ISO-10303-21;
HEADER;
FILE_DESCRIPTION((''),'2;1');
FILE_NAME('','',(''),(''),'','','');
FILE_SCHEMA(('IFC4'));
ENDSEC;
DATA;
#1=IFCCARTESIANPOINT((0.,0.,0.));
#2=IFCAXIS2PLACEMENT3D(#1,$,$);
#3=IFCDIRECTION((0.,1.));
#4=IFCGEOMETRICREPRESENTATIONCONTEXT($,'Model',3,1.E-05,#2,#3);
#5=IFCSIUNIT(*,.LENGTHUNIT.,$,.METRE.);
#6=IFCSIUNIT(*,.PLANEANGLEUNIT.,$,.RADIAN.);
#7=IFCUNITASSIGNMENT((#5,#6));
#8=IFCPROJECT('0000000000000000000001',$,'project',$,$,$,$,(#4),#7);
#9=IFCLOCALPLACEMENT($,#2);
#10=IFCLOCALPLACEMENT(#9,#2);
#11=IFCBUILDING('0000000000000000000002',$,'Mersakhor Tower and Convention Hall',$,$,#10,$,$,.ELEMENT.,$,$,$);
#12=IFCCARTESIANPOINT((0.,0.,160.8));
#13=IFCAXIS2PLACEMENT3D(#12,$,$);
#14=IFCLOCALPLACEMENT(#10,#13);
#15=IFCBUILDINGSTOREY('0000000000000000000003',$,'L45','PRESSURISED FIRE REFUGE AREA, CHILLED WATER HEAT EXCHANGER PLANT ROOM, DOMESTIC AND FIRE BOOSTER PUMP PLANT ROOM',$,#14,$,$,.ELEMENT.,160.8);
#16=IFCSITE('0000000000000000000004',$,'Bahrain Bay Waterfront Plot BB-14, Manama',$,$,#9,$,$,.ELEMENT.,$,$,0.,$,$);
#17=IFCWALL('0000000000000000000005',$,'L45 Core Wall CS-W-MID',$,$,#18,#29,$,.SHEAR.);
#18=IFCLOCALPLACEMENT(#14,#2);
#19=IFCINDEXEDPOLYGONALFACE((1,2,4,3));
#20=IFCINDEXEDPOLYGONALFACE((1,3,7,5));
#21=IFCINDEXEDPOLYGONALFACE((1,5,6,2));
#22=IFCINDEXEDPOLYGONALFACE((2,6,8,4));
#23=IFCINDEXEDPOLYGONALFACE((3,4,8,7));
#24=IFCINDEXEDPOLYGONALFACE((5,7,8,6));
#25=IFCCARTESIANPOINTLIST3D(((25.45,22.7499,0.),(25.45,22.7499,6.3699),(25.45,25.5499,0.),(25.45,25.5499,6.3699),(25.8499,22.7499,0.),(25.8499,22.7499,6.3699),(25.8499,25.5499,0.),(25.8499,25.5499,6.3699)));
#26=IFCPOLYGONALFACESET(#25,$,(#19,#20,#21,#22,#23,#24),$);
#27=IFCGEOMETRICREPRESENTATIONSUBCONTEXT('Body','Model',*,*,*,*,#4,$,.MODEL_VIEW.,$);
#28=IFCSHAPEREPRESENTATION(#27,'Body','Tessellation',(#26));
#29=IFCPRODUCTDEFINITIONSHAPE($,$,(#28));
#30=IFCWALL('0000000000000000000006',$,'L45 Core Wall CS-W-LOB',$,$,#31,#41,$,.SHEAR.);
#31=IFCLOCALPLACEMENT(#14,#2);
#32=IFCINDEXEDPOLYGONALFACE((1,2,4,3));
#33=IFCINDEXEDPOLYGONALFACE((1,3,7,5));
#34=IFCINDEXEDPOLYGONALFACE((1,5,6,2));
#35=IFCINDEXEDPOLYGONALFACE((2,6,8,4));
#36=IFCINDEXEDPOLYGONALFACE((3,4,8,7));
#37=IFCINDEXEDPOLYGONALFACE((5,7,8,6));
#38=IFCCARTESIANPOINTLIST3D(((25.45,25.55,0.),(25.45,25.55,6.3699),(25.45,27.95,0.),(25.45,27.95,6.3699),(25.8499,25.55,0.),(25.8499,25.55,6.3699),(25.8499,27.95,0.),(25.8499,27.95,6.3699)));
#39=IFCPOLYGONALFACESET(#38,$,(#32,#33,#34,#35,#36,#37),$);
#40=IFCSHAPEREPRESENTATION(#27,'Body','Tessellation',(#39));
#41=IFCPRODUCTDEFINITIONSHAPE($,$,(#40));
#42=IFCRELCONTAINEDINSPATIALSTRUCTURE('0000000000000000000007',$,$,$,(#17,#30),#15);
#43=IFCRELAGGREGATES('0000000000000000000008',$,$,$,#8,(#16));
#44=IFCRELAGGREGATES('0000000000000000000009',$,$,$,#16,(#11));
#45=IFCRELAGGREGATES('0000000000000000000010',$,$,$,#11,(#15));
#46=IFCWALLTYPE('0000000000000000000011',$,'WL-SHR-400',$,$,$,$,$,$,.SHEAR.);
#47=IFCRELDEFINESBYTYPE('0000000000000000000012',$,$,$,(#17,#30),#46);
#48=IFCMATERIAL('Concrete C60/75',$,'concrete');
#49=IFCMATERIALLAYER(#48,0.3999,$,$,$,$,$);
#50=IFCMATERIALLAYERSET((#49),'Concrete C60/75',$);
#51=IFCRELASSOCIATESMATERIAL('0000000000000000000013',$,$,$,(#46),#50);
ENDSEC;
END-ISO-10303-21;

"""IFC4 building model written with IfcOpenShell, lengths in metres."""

from ifc_helpers import new_model, si_unit, direction, frame, frame_2d, origin, place, context, subcontext, project, spatial, rectangle, extrude, material, layer, layer_set, type_object, element, save


model = new_model("IFC4")

# Units and contexts
model_context = context("Model", 3, precision=1e-05, world=origin(), true_north=direction((0.0, 1.0)))
body_context = subcontext(model_context, "Body", "Model", "MODEL_VIEW")
ifc_project = project(units=[si_unit("LENGTHUNIT", "METRE"), si_unit("PLANEANGLEUNIT", "RADIAN")], contexts=[model_context])

# Site, building, storey
site_placement = place(None, origin())
site = spatial("IfcSite", under=ifc_project, at=site_placement, Name="Bahrain Bay Waterfront Plot BB-14, Manama", CompositionType="ELEMENT", RefElevation=0.0)
building_placement = place(site_placement, origin())
building = spatial("IfcBuilding", under=site, at=building_placement, Name="Mersakhor Tower and Convention Hall", CompositionType="ELEMENT")
storey_placement = place(building_placement, frame((0.0, 0.0, 160.8)))
storey = spatial("IfcBuildingStorey", under=building, at=storey_placement, Name="L45", Description="PRESSURISED FIRE REFUGE AREA, CHILLED WATER HEAT EXCHANGER PLANT ROOM, DOMESTIC AND FIRE BOOSTER PUMP PLANT ROOM", CompositionType="ELEMENT", Elevation=160.8)

# Walls
ifc_material_1 = material(Name="Concrete C60/75", Category="concrete")
ifc_layer_1 = layer(ifc_material_1, 0.3999)
ifc_layer_set_1 = layer_set([ifc_layer_1], Name="Concrete C60/75")
wall_type_1 = type_object("IfcWallType", Name="WL-SHR-400", PredefinedType="SHEAR", material=ifc_layer_set_1)
wall_1_placement = place(storey_placement, frame((25.6499, 22.75, 0.0), z_axis=(0.0, 0.0, 1.0), x_axis=(0.0, 1.0, 0.0)))
element("IfcWall", 1, at=wall_1_placement, inside=storey, type_object=wall_type_1, Name="L45 Core Wall CS-W-MID", PredefinedType="SHEAR", context=body_context, shape_type="SweptSolid", body=[
    extrude(rectangle(XDim=2.8, YDim=0.3999, at=frame_2d((1.3999, 0.0))), origin(), (0.0, 0.0, 1.0), 6.3699),
])
wall_2_placement = place(storey_placement, frame((25.6499, 25.55, 0.0), z_axis=(0.0, 0.0, 1.0), x_axis=(0.0, 1.0, 0.0)))
element("IfcWall", 2, at=wall_2_placement, inside=storey, type_object=wall_type_1, Name="L45 Core Wall CS-W-LOB", PredefinedType="SHEAR", context=body_context, shape_type="SweptSolid", body=[
    extrude(rectangle(XDim=2.3999, YDim=0.3999, at=frame_2d((1.2, 0.0))), origin(), (0.0, 0.0, 1.0), 6.3699),
])

save(model, "model.ifc")
